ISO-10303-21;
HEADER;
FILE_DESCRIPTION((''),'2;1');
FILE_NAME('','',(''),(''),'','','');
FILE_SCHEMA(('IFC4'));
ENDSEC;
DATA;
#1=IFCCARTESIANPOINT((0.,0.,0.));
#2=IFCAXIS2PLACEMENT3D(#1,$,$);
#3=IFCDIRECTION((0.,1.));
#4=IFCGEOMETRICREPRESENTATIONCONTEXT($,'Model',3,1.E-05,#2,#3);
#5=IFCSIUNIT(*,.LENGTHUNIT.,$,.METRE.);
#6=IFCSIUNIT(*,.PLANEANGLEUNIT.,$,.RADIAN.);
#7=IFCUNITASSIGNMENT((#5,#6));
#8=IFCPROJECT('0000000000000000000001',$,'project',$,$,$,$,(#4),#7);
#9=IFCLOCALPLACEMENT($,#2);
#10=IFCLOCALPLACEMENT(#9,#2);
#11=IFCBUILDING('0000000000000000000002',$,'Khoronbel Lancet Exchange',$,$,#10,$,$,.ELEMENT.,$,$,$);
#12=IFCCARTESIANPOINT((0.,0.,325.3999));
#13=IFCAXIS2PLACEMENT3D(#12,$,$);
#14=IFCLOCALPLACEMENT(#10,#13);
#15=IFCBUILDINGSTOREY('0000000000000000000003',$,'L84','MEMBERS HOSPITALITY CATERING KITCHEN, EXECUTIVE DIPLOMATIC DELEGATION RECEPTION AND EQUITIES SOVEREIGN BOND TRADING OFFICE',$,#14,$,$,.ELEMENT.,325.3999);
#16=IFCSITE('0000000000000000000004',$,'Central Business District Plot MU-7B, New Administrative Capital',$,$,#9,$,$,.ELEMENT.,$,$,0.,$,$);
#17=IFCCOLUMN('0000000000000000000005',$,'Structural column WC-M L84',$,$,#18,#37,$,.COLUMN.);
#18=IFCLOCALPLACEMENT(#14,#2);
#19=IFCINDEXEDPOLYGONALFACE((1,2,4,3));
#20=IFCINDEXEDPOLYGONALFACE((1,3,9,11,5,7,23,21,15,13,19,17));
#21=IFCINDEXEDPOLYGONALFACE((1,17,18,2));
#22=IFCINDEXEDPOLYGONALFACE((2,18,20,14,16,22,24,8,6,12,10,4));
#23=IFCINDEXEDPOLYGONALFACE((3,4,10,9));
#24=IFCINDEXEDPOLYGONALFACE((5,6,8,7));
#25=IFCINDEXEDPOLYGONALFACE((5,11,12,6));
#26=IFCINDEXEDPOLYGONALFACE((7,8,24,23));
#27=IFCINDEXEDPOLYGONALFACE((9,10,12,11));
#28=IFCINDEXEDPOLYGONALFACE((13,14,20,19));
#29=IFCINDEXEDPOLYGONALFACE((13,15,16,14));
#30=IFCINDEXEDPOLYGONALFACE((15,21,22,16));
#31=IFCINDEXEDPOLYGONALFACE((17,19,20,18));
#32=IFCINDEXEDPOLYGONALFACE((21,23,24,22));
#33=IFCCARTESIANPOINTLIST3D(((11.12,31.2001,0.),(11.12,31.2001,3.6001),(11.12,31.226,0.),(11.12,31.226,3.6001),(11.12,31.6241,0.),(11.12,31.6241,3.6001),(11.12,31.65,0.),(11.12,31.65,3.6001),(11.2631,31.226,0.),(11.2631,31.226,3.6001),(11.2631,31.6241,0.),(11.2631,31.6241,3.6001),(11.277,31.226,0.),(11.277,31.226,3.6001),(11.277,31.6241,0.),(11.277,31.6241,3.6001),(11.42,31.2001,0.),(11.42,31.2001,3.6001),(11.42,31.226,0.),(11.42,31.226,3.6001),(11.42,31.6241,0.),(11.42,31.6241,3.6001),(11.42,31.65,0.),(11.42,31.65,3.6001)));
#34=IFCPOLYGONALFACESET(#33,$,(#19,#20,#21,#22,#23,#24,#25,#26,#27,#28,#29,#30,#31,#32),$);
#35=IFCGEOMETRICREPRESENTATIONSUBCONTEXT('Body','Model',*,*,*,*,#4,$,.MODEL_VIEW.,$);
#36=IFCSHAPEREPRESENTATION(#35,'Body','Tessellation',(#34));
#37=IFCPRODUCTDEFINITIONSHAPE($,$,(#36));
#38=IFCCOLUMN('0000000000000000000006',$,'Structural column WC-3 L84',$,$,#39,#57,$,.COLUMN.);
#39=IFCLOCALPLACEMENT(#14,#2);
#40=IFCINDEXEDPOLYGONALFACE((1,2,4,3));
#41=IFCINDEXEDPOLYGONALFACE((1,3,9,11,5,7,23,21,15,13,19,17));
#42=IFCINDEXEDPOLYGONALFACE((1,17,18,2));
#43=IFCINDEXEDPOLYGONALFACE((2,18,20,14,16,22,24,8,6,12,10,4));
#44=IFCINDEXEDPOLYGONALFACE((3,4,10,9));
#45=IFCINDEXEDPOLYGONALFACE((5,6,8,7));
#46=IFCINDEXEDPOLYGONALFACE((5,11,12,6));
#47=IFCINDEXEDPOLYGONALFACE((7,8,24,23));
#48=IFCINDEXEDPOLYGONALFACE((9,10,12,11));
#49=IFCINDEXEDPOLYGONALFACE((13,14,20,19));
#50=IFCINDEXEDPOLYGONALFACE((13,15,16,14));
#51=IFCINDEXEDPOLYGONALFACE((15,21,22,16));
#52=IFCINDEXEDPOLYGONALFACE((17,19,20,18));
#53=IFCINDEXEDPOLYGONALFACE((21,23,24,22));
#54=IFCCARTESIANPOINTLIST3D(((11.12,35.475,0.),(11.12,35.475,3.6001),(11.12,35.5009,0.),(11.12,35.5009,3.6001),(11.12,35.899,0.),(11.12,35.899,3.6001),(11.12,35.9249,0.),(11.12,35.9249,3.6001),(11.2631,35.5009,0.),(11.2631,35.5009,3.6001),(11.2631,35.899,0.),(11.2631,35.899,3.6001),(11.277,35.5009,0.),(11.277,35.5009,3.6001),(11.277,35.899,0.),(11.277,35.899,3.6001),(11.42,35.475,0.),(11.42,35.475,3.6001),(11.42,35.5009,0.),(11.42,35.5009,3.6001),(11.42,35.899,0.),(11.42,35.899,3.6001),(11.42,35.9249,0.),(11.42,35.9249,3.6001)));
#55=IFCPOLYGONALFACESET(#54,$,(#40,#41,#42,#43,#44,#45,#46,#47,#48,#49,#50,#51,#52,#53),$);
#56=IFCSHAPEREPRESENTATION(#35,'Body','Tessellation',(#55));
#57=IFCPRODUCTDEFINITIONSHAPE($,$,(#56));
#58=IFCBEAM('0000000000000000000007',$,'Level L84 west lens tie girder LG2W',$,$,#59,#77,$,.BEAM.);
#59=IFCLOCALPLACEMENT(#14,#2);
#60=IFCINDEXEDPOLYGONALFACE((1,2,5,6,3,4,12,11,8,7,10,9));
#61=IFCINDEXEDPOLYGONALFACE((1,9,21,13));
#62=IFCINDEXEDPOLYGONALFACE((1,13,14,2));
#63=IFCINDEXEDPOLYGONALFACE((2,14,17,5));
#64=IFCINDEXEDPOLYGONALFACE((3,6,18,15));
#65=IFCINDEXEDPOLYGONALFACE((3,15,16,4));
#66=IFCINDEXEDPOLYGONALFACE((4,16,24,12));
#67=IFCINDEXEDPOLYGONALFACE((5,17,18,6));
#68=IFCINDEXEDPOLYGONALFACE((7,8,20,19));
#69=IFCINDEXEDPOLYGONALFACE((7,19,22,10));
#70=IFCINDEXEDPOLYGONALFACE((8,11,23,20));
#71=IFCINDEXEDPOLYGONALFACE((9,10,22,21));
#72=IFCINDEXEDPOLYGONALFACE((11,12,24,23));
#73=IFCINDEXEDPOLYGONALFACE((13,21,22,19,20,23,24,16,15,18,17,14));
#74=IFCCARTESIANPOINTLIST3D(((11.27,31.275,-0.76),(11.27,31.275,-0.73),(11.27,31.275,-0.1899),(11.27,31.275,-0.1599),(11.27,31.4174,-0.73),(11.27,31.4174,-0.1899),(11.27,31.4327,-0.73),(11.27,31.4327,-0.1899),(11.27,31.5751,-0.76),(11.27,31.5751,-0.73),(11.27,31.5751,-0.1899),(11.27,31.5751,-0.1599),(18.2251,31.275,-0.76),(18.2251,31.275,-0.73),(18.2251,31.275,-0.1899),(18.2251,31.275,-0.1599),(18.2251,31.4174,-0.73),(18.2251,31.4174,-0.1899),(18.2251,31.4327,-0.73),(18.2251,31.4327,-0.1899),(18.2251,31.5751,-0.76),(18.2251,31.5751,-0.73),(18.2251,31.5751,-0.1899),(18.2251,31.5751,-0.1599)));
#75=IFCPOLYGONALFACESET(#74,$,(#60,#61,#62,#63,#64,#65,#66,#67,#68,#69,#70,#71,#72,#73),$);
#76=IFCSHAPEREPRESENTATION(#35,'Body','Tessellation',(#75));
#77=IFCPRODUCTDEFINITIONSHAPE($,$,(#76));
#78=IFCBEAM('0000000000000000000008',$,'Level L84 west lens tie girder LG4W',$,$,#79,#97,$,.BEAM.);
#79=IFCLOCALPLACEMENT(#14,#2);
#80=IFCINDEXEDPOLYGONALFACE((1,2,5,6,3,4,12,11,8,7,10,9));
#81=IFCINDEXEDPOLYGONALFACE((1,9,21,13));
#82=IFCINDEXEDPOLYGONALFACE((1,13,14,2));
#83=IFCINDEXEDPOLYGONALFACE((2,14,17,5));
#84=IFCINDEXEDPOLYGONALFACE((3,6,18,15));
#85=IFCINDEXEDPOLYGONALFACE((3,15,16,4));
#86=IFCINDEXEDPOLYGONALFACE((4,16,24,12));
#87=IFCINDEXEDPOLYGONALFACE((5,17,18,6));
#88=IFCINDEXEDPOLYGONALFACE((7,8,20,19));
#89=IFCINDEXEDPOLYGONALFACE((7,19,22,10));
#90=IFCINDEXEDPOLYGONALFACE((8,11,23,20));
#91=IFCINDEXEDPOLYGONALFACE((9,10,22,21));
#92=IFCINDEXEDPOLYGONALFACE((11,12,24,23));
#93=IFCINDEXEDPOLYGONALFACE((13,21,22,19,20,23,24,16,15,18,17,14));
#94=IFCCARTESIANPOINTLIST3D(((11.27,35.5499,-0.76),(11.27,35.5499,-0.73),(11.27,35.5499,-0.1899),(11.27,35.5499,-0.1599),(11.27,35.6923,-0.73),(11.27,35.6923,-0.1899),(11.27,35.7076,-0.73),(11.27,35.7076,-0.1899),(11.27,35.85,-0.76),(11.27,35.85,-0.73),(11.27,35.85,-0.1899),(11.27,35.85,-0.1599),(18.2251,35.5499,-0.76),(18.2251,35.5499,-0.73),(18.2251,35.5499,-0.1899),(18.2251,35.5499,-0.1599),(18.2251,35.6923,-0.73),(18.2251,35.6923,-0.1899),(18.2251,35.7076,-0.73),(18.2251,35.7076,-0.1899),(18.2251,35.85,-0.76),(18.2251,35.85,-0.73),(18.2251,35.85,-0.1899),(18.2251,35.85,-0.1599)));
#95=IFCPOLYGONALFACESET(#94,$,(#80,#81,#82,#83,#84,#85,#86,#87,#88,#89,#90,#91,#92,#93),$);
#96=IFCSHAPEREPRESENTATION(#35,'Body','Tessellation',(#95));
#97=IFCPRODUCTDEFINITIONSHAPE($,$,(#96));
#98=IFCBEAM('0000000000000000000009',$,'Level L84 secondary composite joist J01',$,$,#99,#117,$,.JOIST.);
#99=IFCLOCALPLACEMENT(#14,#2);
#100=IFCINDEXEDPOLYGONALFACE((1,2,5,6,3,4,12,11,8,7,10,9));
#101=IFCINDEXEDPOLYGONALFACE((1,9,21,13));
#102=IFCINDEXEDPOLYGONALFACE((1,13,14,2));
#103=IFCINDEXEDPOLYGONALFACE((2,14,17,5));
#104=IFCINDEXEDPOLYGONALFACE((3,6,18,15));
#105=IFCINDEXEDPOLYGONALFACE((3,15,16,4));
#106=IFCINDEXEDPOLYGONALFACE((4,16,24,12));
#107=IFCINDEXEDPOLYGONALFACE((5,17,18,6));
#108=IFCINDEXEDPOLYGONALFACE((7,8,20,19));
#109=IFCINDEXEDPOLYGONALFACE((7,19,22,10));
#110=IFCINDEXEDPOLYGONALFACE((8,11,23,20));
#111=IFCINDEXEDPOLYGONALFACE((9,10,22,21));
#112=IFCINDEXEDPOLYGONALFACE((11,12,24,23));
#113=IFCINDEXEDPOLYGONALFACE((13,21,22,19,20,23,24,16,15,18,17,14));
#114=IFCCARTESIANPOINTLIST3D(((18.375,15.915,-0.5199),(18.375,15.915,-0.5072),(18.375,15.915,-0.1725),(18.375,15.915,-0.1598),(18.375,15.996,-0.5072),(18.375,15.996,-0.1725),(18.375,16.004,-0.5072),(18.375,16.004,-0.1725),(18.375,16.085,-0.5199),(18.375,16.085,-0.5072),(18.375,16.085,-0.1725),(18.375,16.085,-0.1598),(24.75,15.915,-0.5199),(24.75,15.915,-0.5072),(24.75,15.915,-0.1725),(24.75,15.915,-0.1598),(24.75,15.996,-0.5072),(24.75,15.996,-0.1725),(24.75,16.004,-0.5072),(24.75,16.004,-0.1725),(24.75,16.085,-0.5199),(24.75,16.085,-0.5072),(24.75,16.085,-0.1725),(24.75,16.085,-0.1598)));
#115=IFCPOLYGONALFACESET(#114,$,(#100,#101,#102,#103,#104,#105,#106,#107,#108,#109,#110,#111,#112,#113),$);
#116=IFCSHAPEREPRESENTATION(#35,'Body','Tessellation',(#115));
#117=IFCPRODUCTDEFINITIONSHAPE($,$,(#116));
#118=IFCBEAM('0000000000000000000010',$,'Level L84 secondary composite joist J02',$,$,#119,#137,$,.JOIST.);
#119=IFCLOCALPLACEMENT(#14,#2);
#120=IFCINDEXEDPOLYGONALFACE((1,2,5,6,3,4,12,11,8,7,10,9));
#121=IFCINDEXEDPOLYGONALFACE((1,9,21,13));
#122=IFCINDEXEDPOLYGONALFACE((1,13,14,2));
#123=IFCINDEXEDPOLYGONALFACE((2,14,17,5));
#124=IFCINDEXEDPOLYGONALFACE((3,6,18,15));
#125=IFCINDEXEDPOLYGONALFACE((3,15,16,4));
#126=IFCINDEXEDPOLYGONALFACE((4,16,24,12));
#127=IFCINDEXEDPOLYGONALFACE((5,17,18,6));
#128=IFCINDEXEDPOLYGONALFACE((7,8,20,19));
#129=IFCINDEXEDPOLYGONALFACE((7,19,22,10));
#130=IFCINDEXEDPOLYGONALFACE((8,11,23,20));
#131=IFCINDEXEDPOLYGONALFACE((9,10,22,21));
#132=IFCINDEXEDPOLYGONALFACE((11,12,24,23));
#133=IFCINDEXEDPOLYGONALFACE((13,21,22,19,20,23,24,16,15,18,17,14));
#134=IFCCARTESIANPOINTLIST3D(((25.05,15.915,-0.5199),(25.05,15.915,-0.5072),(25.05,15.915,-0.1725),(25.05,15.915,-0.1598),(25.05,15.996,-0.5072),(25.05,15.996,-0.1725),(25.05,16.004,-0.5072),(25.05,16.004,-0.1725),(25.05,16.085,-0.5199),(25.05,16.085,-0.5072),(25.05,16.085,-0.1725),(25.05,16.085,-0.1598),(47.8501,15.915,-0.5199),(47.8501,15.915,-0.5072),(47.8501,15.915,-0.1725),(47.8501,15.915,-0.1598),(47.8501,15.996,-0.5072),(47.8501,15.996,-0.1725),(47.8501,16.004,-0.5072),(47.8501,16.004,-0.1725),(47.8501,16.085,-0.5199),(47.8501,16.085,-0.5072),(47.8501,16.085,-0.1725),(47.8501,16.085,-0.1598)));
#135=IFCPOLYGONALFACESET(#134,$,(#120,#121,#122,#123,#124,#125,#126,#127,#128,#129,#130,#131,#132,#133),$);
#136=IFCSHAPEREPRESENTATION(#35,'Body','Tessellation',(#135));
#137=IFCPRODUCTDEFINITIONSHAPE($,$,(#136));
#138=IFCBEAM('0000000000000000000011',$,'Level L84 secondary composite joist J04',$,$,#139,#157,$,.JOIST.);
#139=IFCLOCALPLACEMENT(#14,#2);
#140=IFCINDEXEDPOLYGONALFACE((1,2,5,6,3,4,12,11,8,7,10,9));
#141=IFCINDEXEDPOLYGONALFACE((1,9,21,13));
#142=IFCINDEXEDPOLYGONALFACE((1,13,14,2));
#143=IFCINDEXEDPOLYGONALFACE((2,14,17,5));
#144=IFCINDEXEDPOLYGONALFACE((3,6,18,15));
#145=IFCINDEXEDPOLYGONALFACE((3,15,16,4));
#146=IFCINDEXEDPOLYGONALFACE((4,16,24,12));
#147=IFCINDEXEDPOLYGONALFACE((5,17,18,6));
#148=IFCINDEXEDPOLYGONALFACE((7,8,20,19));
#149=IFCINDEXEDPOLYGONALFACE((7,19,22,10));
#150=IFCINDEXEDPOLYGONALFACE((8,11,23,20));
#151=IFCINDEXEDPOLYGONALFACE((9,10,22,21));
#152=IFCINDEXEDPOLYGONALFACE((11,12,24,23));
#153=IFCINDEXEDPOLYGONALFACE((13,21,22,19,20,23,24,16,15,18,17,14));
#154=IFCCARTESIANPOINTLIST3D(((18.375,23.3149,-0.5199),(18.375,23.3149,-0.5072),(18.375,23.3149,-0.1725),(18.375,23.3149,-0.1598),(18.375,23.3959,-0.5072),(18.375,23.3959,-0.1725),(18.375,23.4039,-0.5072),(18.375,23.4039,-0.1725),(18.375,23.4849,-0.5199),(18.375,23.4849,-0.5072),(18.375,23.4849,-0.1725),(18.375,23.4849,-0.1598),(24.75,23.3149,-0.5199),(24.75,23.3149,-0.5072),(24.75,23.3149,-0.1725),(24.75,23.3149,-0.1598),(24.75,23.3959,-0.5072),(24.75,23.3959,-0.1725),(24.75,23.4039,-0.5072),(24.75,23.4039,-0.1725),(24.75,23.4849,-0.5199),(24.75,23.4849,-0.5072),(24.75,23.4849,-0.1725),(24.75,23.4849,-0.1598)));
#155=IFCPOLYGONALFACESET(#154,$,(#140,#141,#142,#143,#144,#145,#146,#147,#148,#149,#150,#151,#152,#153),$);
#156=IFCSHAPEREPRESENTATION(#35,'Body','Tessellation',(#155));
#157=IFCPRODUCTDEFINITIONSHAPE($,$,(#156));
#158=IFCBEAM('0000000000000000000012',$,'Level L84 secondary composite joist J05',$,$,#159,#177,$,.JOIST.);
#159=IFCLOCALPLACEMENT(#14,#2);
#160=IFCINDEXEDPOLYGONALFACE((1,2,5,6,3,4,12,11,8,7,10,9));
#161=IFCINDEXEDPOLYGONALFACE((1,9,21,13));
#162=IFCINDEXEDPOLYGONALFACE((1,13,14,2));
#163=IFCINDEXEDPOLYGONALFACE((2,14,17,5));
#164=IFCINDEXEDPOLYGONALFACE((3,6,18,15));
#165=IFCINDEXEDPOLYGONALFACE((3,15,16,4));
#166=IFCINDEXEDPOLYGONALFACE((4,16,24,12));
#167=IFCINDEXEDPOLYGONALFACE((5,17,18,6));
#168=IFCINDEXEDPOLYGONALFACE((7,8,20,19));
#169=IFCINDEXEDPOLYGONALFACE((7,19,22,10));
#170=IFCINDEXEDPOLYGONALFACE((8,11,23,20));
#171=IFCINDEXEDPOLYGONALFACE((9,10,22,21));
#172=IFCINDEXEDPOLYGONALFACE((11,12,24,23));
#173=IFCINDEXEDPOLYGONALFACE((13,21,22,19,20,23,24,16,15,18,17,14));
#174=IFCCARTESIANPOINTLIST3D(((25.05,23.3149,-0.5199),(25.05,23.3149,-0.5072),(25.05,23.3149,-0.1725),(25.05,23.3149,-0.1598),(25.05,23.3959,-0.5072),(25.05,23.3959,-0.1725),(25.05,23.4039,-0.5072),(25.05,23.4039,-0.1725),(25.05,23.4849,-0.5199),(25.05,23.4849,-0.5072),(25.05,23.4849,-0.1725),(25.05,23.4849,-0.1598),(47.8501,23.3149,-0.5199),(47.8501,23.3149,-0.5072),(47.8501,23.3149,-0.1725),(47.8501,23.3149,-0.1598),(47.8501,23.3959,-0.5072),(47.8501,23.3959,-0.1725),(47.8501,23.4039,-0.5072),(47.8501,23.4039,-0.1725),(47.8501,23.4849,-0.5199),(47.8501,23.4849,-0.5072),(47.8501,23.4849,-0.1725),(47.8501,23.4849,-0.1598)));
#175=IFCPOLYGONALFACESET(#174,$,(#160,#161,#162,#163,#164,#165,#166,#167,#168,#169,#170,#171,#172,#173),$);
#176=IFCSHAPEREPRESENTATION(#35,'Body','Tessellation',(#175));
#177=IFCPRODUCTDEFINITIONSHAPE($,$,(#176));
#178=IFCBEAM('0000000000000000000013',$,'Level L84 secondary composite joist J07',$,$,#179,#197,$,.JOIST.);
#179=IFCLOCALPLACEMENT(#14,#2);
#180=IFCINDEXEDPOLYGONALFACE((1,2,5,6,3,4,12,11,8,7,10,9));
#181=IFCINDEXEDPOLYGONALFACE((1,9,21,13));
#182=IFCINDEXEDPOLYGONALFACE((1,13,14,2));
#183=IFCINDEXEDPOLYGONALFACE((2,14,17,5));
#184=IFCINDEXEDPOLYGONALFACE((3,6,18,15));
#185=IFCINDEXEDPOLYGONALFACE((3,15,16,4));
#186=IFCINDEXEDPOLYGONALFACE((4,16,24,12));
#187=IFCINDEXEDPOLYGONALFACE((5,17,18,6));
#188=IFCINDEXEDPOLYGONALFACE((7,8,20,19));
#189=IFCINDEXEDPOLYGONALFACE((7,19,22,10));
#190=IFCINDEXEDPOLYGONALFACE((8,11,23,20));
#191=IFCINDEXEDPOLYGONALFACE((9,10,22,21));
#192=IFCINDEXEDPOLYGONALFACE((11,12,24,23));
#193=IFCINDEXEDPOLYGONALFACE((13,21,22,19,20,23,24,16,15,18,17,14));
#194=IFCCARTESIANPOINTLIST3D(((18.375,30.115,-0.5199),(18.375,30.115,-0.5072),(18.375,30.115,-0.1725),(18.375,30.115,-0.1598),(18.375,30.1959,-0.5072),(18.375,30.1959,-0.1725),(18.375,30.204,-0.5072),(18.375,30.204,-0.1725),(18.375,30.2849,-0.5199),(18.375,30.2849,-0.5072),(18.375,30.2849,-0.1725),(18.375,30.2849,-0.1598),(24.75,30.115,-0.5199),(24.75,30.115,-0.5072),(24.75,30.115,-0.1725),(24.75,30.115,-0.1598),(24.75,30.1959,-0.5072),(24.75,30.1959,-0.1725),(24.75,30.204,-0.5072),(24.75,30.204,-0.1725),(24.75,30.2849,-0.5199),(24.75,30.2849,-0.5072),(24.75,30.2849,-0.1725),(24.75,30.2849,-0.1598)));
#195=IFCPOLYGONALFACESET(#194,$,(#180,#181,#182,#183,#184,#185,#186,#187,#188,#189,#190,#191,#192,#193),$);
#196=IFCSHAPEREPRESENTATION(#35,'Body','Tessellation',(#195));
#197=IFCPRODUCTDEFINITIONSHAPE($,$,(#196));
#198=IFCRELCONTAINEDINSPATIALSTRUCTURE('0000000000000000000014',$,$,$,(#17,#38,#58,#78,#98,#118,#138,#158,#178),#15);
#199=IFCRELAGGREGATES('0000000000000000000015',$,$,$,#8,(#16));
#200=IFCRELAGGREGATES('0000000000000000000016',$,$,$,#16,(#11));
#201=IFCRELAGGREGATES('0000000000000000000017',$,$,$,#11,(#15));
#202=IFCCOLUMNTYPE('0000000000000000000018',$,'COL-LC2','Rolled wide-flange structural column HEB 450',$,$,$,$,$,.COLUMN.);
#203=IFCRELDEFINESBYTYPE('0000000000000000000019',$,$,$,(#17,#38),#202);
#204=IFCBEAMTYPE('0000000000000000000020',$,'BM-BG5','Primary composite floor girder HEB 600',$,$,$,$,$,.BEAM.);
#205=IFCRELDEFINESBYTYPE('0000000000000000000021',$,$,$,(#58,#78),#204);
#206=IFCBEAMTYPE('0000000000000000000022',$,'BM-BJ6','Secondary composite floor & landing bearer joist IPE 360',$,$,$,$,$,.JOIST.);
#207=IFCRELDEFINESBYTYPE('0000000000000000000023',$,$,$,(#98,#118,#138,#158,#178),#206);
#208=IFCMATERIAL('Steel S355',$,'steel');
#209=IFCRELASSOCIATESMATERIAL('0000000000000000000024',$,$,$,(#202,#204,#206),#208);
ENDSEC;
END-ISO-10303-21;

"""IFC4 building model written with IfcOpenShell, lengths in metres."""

from ifc_helpers import new_model, si_unit, direction, frame, origin, origin_2d, place, context, subcontext, project, spatial, i_section, extrude, material, material_profile, profile_set, type_object, element, save


model = new_model("IFC4")

# Units and contexts
model_context = context("Model", 3, precision=1e-05, world=origin(), true_north=direction((0.0, 1.0)))
body_context = subcontext(model_context, "Body", "Model", "MODEL_VIEW")
ifc_project = project(units=[si_unit("LENGTHUNIT", "METRE"), si_unit("PLANEANGLEUNIT", "RADIAN")], contexts=[model_context])

# Site, building, storey
site_placement = place(None, origin())
site = spatial("IfcSite", under=ifc_project, at=site_placement, Name="Central Business District Plot MU-7B, New Administrative Capital", CompositionType="ELEMENT", RefElevation=0.0)
building_placement = place(site_placement, origin())
building = spatial("IfcBuilding", under=site, at=building_placement, Name="Khoronbel Lancet Exchange", CompositionType="ELEMENT")
storey_placement = place(building_placement, frame((0.0, 0.0, 325.3999)))
storey = spatial("IfcBuildingStorey", under=building, at=storey_placement, Name="L84", Description="MEMBERS HOSPITALITY CATERING KITCHEN, EXECUTIVE DIPLOMATIC DELEGATION RECEPTION AND EQUITIES SOVEREIGN BOND TRADING OFFICE", CompositionType="ELEMENT", Elevation=325.3999)

# Columns
ifc_material_1 = material(Name="Steel S355", Category="steel")
ifc_material_profile_1 = material_profile(ifc_material_1, i_section(OverallWidth=0.3, OverallDepth=0.45, WebThickness=0.0139, FlangeThickness=0.0259, at=origin_2d()), Name="HEB 450")
ifc_profile_set_1 = profile_set([ifc_material_profile_1], Name="Steel S355")
column_type = type_object("IfcColumnType", Name="COL-LC2", Description="Rolled wide-flange structural column HEB 450", PredefinedType="COLUMN", material=ifc_profile_set_1)
for number, where, z_axis, x_axis, name in (
    (1, (11.27, 31.425, 0.0), (0.0, 0.0, 1.0), (1.0, 0.0, 0.0), "Structural column WC-M L84"),
    (2, (11.27, 35.7, 0.0), (0.0, 0.0, 1.0), (1.0, 0.0, 0.0), "Structural column WC-3 L84"),
):
    element("IfcColumn", number, at=place(storey_placement, frame(where, z_axis=z_axis, x_axis=x_axis)), inside=storey, type_object=column_type, Name=name, PredefinedType="COLUMN", context=body_context, shape_type="SweptSolid", body=[
        extrude(i_section(OverallWidth=0.3, OverallDepth=0.45, WebThickness=0.0139, FlangeThickness=0.0259, at=origin_2d()), origin(), (0.0, 0.0, 1.0), 3.6001),
    ])

# Beams
ifc_material_profile_2 = material_profile(ifc_material_1, i_section(OverallWidth=0.3, OverallDepth=0.6001, WebThickness=0.0154, FlangeThickness=0.03, at=origin_2d()), Name="HEB 600")
ifc_profile_set_2 = profile_set([ifc_material_profile_2], Name="Steel S355")
beam_type_1 = type_object("IfcBeamType", Name="BM-BG5", Description="Primary composite floor girder HEB 600", PredefinedType="BEAM", material=ifc_profile_set_2)
for number, where, z_axis, x_axis, name in (
    (3, (11.27, 31.425, -0.46), (1.0, 0.0, 0.0), (0.0, 1.0, 0.0), "Level L84 west lens tie girder LG2W"),
    (4, (11.27, 35.7, -0.46), (1.0, 0.0, 0.0), (0.0, 1.0, 0.0), "Level L84 west lens tie girder LG4W"),
):
    element("IfcBeam", number, at=place(storey_placement, frame(where, z_axis=z_axis, x_axis=x_axis)), inside=storey, type_object=beam_type_1, Name=name, PredefinedType="BEAM", context=body_context, shape_type="SweptSolid", body=[
        extrude(i_section(OverallWidth=0.3, OverallDepth=0.6001, WebThickness=0.0154, FlangeThickness=0.03, at=origin_2d()), origin(), (0.0, 0.0, 1.0), 6.9551),
    ])
ifc_material_profile_3 = material_profile(ifc_material_1, i_section(OverallWidth=0.1699, OverallDepth=0.3601, WebThickness=0.0081, FlangeThickness=0.0127, at=origin_2d()), Name="IPE 360")
ifc_profile_set_3 = profile_set([ifc_material_profile_3], Name="Steel S355")
beam_type_2 = type_object("IfcBeamType", Name="BM-BJ6", Description="Secondary composite floor & landing bearer joist IPE 360", PredefinedType="JOIST", material=ifc_profile_set_3)
beam_1_placement = place(storey_placement, frame((18.375, 16.0, -0.3398), z_axis=(1.0, 0.0, 0.0), x_axis=(0.0, 1.0, 0.0)))
element("IfcBeam", 5, at=beam_1_placement, inside=storey, type_object=beam_type_2, Name="Level L84 secondary composite joist J01", PredefinedType="JOIST", context=body_context, shape_type="SweptSolid", body=[
    extrude(i_section(OverallWidth=0.1699, OverallDepth=0.3601, WebThickness=0.0081, FlangeThickness=0.0127, at=origin_2d()), origin(), (0.0, 0.0, 1.0), 6.375),
])
beam_2_placement = place(storey_placement, frame((25.05, 16.0, -0.3398), z_axis=(1.0, 0.0, 0.0), x_axis=(0.0, 1.0, 0.0)))
element("IfcBeam", 6, at=beam_2_placement, inside=storey, type_object=beam_type_2, Name="Level L84 secondary composite joist J02", PredefinedType="JOIST", context=body_context, shape_type="SweptSolid", body=[
    extrude(i_section(OverallWidth=0.1699, OverallDepth=0.3601, WebThickness=0.0081, FlangeThickness=0.0127, at=origin_2d()), origin(), (0.0, 0.0, 1.0), 22.8),
])
beam_3_placement = place(storey_placement, frame((18.375, 23.3999, -0.3398), z_axis=(1.0, 0.0, 0.0), x_axis=(0.0, 1.0, 0.0)))
element("IfcBeam", 7, at=beam_3_placement, inside=storey, type_object=beam_type_2, Name="Level L84 secondary composite joist J04", PredefinedType="JOIST", context=body_context, shape_type="SweptSolid", body=[
    extrude(i_section(OverallWidth=0.1699, OverallDepth=0.3601, WebThickness=0.0081, FlangeThickness=0.0127, at=origin_2d()), origin(), (0.0, 0.0, 1.0), 6.375),
])
beam_4_placement = place(storey_placement, frame((25.05, 23.3999, -0.3398), z_axis=(1.0, 0.0, 0.0), x_axis=(0.0, 1.0, 0.0)))
element("IfcBeam", 8, at=beam_4_placement, inside=storey, type_object=beam_type_2, Name="Level L84 secondary composite joist J05", PredefinedType="JOIST", context=body_context, shape_type="SweptSolid", body=[
    extrude(i_section(OverallWidth=0.1699, OverallDepth=0.3601, WebThickness=0.0081, FlangeThickness=0.0127, at=origin_2d()), origin(), (0.0, 0.0, 1.0), 22.8),
])
beam_5_placement = place(storey_placement, frame((18.375, 30.2, -0.3398), z_axis=(1.0, 0.0, 0.0), x_axis=(0.0, 1.0, 0.0)))
element("IfcBeam", 9, at=beam_5_placement, inside=storey, type_object=beam_type_2, Name="Level L84 secondary composite joist J07", PredefinedType="JOIST", context=body_context, shape_type="SweptSolid", body=[
    extrude(i_section(OverallWidth=0.1699, OverallDepth=0.3601, WebThickness=0.0081, FlangeThickness=0.0127, at=origin_2d()), origin(), (0.0, 0.0, 1.0), 6.375),
])

save(model, "model.ifc")
